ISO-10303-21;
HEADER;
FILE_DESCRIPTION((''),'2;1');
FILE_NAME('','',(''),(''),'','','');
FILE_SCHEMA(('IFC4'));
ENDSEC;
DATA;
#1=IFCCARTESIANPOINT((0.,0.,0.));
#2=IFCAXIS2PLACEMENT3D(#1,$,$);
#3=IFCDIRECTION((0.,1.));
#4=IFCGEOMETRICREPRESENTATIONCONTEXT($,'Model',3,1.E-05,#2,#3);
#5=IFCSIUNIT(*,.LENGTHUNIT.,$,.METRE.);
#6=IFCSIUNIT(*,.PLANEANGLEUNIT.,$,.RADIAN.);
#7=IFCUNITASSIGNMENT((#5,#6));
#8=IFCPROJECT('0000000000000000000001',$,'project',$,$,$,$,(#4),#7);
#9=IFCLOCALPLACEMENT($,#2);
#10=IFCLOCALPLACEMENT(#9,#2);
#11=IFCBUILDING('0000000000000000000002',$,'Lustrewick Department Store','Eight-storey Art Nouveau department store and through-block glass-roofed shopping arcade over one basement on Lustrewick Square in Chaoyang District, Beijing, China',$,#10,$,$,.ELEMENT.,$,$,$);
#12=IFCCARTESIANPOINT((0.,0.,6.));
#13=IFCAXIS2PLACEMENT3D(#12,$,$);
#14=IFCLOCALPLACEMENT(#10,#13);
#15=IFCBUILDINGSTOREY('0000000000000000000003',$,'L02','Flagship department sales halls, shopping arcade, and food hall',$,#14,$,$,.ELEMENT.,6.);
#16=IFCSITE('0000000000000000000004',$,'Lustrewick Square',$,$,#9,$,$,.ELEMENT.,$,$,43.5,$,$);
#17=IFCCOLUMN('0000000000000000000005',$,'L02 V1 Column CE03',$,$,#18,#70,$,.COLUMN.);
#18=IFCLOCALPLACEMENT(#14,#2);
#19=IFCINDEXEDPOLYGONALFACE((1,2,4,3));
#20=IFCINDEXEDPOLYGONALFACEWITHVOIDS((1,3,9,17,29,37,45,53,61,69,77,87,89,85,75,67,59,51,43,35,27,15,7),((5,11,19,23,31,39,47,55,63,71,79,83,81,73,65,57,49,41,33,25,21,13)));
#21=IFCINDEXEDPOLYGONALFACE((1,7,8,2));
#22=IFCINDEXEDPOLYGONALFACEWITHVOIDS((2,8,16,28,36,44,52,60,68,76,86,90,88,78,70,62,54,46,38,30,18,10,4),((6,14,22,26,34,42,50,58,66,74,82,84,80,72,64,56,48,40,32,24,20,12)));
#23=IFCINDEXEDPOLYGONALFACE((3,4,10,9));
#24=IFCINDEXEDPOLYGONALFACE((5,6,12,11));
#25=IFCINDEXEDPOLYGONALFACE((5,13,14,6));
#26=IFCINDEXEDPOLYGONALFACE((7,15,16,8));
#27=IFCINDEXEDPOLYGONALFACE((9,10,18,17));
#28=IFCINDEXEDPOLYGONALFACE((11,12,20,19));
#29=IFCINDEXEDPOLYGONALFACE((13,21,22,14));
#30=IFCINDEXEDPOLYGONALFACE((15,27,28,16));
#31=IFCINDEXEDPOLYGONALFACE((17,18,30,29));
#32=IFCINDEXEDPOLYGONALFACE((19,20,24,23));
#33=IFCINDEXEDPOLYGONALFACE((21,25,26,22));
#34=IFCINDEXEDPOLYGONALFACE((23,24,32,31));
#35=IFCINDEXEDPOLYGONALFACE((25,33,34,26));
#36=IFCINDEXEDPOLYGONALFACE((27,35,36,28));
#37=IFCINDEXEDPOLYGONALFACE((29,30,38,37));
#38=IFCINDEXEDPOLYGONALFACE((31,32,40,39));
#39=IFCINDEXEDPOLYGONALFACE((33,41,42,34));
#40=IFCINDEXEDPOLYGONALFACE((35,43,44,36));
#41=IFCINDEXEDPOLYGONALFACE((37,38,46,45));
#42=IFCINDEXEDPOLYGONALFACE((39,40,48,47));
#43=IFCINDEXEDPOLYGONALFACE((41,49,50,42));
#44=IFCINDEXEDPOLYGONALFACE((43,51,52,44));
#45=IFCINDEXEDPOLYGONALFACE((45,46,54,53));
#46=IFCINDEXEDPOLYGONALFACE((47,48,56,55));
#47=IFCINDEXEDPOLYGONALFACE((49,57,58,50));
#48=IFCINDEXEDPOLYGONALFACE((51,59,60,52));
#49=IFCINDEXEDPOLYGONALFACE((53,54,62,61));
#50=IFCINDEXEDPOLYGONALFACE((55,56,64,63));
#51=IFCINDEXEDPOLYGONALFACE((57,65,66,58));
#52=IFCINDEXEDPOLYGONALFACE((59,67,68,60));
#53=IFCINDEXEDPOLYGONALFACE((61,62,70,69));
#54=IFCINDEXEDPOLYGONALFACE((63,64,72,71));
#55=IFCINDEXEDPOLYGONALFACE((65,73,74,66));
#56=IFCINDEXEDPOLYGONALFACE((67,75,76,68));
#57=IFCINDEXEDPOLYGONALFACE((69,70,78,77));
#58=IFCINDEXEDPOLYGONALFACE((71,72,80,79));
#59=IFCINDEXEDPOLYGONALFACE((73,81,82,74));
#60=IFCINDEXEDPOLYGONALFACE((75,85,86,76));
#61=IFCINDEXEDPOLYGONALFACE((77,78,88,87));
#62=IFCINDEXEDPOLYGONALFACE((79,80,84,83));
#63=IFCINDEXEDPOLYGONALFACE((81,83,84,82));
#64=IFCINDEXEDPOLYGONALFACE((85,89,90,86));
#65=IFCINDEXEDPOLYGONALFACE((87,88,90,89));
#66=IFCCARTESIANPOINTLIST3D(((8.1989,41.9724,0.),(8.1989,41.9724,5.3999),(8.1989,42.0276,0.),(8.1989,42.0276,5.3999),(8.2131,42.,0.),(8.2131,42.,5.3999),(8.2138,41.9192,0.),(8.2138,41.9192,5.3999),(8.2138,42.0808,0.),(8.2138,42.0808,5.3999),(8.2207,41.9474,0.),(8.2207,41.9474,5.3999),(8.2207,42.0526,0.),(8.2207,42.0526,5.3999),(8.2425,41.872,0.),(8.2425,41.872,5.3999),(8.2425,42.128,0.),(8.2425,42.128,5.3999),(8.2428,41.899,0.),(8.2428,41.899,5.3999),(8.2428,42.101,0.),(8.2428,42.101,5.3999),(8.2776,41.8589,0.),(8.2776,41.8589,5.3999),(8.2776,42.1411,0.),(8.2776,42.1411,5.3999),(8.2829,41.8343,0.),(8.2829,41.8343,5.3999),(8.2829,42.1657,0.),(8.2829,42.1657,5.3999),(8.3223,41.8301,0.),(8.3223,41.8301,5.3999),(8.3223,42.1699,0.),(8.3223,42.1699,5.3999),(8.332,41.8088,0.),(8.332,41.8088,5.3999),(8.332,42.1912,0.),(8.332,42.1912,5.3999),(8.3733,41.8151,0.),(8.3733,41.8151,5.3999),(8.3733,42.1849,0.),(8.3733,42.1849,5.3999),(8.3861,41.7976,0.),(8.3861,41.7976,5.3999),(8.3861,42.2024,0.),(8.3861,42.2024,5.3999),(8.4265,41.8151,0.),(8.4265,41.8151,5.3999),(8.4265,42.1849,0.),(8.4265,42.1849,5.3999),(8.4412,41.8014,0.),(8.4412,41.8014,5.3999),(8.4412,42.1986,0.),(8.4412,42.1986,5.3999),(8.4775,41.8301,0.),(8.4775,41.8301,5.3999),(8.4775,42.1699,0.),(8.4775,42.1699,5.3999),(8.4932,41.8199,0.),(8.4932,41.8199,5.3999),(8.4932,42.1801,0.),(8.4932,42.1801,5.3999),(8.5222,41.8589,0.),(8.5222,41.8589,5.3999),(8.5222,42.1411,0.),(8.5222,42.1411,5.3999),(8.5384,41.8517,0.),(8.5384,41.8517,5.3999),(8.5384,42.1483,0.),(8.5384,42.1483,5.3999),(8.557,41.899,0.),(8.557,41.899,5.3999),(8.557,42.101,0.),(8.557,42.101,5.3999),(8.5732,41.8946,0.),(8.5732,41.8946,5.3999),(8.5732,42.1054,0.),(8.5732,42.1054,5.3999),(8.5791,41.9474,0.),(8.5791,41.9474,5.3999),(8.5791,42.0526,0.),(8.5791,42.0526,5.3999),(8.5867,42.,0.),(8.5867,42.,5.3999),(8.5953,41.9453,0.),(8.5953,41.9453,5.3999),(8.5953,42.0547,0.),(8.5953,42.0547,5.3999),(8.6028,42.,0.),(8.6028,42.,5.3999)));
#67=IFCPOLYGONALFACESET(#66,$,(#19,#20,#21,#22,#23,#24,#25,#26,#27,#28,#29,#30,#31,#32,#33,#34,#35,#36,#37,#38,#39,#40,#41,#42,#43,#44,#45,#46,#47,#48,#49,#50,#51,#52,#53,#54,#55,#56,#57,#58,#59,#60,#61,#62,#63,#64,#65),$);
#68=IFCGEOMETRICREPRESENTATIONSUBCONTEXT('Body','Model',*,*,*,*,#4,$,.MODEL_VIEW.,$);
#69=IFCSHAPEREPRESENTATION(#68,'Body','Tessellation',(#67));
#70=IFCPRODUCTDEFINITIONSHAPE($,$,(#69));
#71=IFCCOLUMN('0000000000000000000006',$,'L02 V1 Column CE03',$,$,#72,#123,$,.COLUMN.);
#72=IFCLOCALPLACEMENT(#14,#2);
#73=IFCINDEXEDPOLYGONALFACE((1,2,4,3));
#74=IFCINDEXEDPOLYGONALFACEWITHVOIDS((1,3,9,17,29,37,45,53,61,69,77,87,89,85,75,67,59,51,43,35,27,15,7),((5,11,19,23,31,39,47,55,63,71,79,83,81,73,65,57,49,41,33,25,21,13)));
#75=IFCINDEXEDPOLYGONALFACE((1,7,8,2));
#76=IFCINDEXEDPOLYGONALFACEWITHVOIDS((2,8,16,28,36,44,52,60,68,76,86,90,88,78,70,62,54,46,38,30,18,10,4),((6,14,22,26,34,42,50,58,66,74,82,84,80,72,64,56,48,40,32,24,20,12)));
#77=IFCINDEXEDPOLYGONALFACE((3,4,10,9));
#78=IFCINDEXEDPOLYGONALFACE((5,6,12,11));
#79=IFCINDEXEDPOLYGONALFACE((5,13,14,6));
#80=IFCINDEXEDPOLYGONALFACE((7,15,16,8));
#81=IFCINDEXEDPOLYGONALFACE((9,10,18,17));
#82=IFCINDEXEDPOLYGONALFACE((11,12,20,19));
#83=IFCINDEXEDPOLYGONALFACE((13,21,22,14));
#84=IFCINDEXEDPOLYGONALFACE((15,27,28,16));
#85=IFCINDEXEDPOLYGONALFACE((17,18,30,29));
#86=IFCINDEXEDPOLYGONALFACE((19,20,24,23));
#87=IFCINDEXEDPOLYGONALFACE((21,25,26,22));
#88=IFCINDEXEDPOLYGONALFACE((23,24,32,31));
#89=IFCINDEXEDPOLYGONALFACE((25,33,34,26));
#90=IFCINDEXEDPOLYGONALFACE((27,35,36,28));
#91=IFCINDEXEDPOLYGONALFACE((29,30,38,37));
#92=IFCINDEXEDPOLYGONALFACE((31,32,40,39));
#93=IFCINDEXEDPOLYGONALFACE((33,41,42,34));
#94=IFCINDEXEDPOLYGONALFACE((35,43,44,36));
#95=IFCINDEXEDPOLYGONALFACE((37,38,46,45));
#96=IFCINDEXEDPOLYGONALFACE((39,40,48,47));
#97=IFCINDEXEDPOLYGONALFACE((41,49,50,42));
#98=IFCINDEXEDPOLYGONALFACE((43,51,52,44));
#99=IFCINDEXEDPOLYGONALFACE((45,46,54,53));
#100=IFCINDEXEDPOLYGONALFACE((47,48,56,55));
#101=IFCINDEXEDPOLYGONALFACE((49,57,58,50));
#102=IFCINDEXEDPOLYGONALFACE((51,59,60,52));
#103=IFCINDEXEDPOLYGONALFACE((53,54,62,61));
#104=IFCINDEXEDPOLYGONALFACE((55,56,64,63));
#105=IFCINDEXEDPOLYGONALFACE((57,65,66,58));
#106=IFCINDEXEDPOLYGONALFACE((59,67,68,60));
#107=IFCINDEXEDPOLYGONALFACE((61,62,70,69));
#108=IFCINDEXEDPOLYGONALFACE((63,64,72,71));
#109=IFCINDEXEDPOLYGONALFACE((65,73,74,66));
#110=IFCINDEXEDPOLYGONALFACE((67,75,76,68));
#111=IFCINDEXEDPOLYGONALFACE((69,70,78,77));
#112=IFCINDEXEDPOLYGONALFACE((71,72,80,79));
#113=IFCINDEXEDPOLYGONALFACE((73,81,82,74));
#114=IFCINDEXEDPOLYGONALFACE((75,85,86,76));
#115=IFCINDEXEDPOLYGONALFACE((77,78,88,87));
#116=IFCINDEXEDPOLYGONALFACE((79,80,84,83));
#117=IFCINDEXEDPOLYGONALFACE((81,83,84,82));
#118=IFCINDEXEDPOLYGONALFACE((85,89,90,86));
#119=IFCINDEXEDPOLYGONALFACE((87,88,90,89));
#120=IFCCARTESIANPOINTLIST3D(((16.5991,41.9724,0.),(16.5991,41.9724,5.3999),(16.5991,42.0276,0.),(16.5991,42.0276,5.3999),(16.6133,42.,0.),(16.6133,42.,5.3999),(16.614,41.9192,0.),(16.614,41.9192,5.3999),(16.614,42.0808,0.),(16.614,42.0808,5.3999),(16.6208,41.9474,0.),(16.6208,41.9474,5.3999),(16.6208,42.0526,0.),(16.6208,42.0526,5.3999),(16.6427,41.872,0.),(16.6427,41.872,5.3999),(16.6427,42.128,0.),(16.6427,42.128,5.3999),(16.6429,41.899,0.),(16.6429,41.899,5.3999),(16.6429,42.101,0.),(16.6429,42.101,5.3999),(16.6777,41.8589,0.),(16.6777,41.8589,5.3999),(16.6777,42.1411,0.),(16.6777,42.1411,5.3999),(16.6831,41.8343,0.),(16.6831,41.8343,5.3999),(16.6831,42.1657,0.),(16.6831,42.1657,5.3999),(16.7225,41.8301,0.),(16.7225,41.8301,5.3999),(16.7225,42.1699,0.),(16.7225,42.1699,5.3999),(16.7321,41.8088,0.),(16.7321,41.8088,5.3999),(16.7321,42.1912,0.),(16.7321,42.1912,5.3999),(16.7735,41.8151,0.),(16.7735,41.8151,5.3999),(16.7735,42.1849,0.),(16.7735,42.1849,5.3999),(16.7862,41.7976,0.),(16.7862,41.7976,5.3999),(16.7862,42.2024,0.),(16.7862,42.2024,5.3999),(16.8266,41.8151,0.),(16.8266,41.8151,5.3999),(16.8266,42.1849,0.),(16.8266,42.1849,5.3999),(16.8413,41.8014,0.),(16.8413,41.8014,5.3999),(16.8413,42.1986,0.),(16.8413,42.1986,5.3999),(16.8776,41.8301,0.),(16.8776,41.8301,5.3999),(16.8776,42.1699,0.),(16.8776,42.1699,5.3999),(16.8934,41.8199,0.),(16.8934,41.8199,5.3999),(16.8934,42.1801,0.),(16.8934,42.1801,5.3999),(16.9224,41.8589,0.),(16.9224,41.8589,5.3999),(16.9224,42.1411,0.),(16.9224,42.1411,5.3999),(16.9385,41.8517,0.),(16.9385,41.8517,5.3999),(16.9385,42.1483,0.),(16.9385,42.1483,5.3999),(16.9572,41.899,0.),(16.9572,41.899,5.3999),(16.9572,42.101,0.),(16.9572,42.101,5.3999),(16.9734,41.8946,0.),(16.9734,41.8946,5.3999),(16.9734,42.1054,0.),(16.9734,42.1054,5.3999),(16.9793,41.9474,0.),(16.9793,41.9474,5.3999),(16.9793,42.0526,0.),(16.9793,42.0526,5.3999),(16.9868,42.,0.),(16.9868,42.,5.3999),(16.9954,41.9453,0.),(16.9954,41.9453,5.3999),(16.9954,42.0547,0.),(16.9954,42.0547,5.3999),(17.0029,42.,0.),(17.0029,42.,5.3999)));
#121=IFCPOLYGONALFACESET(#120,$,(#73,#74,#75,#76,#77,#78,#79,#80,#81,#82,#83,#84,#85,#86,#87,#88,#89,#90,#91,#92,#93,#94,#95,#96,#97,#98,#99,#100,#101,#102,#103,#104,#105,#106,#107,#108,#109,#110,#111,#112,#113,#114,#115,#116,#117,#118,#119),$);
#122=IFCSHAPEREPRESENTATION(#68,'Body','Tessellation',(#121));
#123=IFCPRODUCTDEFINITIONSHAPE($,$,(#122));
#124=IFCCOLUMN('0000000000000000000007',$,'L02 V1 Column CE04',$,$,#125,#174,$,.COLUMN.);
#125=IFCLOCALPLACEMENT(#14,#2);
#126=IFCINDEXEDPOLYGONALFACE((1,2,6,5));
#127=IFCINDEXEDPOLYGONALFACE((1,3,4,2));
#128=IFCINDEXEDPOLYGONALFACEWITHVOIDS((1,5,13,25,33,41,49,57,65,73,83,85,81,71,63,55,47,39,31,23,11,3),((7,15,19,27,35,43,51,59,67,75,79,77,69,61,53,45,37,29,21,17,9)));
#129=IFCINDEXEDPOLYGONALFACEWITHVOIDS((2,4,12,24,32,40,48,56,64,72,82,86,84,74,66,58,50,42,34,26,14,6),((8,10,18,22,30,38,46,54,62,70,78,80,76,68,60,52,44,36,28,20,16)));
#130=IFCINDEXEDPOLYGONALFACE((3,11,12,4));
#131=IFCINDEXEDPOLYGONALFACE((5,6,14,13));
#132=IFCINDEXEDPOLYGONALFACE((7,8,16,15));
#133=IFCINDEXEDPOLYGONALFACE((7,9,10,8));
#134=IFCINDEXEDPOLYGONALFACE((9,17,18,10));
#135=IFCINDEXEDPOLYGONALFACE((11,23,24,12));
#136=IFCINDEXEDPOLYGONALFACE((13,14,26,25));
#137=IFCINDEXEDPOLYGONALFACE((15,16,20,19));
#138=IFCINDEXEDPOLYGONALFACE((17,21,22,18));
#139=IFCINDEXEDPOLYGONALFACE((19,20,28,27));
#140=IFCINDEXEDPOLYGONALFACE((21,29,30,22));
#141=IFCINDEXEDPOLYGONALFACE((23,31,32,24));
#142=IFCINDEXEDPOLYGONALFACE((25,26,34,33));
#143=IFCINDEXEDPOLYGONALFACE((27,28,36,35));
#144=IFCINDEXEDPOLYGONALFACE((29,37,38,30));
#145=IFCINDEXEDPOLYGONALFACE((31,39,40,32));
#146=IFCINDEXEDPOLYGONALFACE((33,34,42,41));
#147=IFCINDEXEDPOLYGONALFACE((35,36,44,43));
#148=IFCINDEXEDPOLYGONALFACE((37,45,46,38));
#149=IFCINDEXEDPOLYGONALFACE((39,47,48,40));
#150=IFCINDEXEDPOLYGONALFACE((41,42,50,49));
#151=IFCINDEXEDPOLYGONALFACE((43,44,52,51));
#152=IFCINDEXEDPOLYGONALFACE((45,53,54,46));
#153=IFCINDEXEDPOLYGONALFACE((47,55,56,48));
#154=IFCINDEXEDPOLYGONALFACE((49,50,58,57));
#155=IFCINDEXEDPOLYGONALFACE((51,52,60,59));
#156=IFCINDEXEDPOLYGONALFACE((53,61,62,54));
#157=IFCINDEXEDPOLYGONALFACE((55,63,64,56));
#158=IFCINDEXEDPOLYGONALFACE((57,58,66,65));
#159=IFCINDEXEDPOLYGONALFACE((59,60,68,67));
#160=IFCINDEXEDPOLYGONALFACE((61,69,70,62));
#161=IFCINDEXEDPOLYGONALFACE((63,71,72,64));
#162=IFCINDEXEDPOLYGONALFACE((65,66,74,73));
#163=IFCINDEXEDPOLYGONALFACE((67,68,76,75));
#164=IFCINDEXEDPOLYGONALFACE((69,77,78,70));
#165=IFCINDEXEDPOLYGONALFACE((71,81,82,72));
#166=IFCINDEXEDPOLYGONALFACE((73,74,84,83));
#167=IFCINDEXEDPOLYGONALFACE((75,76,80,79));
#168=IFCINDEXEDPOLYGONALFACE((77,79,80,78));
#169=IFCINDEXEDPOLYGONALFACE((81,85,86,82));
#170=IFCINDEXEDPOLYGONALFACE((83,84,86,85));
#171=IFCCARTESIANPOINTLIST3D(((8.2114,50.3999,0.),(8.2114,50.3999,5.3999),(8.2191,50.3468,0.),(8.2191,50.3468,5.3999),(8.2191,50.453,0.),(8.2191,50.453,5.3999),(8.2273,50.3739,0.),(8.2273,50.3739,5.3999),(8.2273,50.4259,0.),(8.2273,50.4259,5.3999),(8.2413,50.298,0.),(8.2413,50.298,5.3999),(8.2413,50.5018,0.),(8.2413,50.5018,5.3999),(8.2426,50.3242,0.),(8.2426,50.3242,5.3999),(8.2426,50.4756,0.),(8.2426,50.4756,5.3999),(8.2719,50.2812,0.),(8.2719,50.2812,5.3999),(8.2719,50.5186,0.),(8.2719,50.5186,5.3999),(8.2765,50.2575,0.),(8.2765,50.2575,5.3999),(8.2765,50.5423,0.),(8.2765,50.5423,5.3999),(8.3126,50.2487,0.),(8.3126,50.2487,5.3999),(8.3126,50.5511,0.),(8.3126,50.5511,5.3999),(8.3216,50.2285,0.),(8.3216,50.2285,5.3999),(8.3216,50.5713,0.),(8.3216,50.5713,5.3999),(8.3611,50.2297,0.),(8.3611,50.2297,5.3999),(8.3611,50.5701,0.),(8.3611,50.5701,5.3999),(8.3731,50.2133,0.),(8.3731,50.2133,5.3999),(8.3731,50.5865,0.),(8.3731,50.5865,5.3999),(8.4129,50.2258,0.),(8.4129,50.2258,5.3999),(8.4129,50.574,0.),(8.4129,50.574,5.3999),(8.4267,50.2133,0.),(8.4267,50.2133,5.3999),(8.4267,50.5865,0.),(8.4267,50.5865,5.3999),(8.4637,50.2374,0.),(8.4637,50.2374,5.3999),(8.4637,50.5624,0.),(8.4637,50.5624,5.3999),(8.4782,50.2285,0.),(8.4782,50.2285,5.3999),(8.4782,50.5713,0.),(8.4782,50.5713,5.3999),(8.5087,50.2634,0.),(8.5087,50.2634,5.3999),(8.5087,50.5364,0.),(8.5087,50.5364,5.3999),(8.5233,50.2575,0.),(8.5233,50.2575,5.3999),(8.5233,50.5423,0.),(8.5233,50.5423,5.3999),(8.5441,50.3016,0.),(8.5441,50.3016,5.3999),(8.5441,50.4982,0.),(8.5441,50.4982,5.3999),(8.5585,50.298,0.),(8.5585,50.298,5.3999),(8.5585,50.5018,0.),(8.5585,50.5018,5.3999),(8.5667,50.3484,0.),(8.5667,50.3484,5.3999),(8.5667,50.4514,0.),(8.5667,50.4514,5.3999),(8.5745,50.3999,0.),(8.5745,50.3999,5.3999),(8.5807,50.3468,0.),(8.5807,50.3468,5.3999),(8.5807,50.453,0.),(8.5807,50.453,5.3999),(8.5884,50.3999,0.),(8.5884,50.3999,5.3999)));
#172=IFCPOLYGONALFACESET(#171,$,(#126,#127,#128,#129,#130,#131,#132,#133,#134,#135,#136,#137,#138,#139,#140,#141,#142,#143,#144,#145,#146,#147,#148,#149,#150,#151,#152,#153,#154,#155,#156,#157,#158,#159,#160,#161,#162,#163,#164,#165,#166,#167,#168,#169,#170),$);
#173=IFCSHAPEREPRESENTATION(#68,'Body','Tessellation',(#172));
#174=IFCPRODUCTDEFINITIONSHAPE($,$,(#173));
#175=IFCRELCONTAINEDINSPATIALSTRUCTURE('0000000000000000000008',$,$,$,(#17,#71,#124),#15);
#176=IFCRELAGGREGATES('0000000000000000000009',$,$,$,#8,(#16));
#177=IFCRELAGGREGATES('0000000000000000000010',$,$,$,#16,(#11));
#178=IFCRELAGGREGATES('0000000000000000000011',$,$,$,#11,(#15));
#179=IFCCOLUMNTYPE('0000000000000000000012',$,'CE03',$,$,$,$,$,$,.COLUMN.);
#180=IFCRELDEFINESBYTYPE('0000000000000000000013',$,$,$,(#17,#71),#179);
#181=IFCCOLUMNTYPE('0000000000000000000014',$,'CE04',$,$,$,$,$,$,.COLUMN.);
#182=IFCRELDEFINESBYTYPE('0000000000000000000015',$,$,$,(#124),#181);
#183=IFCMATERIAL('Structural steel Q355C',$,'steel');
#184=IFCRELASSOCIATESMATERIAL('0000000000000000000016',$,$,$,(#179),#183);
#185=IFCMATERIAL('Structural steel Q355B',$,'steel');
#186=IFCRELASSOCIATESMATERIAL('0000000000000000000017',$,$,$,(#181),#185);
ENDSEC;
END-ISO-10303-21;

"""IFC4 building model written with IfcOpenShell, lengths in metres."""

from ifc_helpers import new_model, si_unit, direction, frame, origin, origin_2d, place, context, subcontext, project, spatial, hollow_circle, extrude, material, material_profile, profile_set, type_object, element, save


model = new_model("IFC4")

# Units and contexts
model_context = context("Model", 3, precision=1e-05, world=origin(), true_north=direction((0.0, 1.0)))
body_context = subcontext(model_context, "Body", "Model", "MODEL_VIEW")
ifc_project = project(units=[si_unit("LENGTHUNIT", "METRE"), si_unit("PLANEANGLEUNIT", "RADIAN")], contexts=[model_context])

# Site, building, storey
site_placement = place(None, origin())
site = spatial("IfcSite", under=ifc_project, at=site_placement, Name="Lustrewick Square", CompositionType="ELEMENT", RefElevation=43.5)
building_placement = place(site_placement, origin())
building = spatial("IfcBuilding", under=site, at=building_placement, Name="Lustrewick Department Store", Description="Eight-storey Art Nouveau department store and through-block glass-roofed shopping arcade over one basement on Lustrewick Square in Chaoyang District, Beijing, China", CompositionType="ELEMENT")
storey_placement = place(building_placement, frame((0.0, 0.0, 6.0)))
storey = spatial("IfcBuildingStorey", under=building, at=storey_placement, Name="L02", Description="Flagship department sales halls, shopping arcade, and food hall", CompositionType="ELEMENT", Elevation=6.0)

# Columns
ifc_material_1 = material(Name="Structural steel Q355C", Category="steel")
ifc_material_profile_1 = material_profile(ifc_material_1, hollow_circle(Radius=0.2029, WallThickness=0.0161, at=origin_2d()), Name="CHS 406x16")
ifc_profile_set_1 = profile_set([ifc_material_profile_1], Name="Structural steel Q355C")
column_type_1 = type_object("IfcColumnType", Name="CE03", PredefinedType="COLUMN", material=ifc_profile_set_1)
for number, where, z_axis, x_axis, name in (
    (1, (8.3999, 42.0, 0.0), (0.0, 0.0, 1.0), (1.0, 0.0, 0.0), "L02 V1 Column CE03"),
    (2, (16.8, 42.0, 0.0), (0.0, 0.0, 1.0), (1.0, 0.0, 0.0), "L02 V1 Column CE03"),
):
    element("IfcColumn", number, at=place(storey_placement, frame(where, z_axis=z_axis, x_axis=x_axis)), inside=storey, type_object=column_type_1, Name=name, PredefinedType="COLUMN", context=body_context, shape_type="SweptSolid", body=[
        extrude(hollow_circle(Radius=0.2029, WallThickness=0.0161, at=origin_2d()), origin(), (0.0, 0.0, 1.0), 5.3999),
    ])
ifc_material_2 = material(Name="Structural steel Q355B", Category="steel")
ifc_material_profile_2 = material_profile(ifc_material_2, hollow_circle(Radius=0.1885, WallThickness=0.0139, at=origin_2d()), Name="CHS 377x14")
ifc_profile_set_2 = profile_set([ifc_material_profile_2], Name="Structural steel Q355B")
column_type_2 = type_object("IfcColumnType", Name="CE04", PredefinedType="COLUMN", material=ifc_profile_set_2)
column_placement = place(storey_placement, frame((8.3999, 50.3999, 0.0), z_axis=(0.0, 0.0, 1.0), x_axis=(1.0, 0.0, 0.0)))
element("IfcColumn", 3, at=column_placement, inside=storey, type_object=column_type_2, Name="L02 V1 Column CE04", PredefinedType="COLUMN", context=body_context, shape_type="SweptSolid", body=[
    extrude(hollow_circle(Radius=0.1885, WallThickness=0.0139, at=origin_2d()), origin(), (0.0, 0.0, 1.0), 5.3999),
])

save(model, "model.ifc")
